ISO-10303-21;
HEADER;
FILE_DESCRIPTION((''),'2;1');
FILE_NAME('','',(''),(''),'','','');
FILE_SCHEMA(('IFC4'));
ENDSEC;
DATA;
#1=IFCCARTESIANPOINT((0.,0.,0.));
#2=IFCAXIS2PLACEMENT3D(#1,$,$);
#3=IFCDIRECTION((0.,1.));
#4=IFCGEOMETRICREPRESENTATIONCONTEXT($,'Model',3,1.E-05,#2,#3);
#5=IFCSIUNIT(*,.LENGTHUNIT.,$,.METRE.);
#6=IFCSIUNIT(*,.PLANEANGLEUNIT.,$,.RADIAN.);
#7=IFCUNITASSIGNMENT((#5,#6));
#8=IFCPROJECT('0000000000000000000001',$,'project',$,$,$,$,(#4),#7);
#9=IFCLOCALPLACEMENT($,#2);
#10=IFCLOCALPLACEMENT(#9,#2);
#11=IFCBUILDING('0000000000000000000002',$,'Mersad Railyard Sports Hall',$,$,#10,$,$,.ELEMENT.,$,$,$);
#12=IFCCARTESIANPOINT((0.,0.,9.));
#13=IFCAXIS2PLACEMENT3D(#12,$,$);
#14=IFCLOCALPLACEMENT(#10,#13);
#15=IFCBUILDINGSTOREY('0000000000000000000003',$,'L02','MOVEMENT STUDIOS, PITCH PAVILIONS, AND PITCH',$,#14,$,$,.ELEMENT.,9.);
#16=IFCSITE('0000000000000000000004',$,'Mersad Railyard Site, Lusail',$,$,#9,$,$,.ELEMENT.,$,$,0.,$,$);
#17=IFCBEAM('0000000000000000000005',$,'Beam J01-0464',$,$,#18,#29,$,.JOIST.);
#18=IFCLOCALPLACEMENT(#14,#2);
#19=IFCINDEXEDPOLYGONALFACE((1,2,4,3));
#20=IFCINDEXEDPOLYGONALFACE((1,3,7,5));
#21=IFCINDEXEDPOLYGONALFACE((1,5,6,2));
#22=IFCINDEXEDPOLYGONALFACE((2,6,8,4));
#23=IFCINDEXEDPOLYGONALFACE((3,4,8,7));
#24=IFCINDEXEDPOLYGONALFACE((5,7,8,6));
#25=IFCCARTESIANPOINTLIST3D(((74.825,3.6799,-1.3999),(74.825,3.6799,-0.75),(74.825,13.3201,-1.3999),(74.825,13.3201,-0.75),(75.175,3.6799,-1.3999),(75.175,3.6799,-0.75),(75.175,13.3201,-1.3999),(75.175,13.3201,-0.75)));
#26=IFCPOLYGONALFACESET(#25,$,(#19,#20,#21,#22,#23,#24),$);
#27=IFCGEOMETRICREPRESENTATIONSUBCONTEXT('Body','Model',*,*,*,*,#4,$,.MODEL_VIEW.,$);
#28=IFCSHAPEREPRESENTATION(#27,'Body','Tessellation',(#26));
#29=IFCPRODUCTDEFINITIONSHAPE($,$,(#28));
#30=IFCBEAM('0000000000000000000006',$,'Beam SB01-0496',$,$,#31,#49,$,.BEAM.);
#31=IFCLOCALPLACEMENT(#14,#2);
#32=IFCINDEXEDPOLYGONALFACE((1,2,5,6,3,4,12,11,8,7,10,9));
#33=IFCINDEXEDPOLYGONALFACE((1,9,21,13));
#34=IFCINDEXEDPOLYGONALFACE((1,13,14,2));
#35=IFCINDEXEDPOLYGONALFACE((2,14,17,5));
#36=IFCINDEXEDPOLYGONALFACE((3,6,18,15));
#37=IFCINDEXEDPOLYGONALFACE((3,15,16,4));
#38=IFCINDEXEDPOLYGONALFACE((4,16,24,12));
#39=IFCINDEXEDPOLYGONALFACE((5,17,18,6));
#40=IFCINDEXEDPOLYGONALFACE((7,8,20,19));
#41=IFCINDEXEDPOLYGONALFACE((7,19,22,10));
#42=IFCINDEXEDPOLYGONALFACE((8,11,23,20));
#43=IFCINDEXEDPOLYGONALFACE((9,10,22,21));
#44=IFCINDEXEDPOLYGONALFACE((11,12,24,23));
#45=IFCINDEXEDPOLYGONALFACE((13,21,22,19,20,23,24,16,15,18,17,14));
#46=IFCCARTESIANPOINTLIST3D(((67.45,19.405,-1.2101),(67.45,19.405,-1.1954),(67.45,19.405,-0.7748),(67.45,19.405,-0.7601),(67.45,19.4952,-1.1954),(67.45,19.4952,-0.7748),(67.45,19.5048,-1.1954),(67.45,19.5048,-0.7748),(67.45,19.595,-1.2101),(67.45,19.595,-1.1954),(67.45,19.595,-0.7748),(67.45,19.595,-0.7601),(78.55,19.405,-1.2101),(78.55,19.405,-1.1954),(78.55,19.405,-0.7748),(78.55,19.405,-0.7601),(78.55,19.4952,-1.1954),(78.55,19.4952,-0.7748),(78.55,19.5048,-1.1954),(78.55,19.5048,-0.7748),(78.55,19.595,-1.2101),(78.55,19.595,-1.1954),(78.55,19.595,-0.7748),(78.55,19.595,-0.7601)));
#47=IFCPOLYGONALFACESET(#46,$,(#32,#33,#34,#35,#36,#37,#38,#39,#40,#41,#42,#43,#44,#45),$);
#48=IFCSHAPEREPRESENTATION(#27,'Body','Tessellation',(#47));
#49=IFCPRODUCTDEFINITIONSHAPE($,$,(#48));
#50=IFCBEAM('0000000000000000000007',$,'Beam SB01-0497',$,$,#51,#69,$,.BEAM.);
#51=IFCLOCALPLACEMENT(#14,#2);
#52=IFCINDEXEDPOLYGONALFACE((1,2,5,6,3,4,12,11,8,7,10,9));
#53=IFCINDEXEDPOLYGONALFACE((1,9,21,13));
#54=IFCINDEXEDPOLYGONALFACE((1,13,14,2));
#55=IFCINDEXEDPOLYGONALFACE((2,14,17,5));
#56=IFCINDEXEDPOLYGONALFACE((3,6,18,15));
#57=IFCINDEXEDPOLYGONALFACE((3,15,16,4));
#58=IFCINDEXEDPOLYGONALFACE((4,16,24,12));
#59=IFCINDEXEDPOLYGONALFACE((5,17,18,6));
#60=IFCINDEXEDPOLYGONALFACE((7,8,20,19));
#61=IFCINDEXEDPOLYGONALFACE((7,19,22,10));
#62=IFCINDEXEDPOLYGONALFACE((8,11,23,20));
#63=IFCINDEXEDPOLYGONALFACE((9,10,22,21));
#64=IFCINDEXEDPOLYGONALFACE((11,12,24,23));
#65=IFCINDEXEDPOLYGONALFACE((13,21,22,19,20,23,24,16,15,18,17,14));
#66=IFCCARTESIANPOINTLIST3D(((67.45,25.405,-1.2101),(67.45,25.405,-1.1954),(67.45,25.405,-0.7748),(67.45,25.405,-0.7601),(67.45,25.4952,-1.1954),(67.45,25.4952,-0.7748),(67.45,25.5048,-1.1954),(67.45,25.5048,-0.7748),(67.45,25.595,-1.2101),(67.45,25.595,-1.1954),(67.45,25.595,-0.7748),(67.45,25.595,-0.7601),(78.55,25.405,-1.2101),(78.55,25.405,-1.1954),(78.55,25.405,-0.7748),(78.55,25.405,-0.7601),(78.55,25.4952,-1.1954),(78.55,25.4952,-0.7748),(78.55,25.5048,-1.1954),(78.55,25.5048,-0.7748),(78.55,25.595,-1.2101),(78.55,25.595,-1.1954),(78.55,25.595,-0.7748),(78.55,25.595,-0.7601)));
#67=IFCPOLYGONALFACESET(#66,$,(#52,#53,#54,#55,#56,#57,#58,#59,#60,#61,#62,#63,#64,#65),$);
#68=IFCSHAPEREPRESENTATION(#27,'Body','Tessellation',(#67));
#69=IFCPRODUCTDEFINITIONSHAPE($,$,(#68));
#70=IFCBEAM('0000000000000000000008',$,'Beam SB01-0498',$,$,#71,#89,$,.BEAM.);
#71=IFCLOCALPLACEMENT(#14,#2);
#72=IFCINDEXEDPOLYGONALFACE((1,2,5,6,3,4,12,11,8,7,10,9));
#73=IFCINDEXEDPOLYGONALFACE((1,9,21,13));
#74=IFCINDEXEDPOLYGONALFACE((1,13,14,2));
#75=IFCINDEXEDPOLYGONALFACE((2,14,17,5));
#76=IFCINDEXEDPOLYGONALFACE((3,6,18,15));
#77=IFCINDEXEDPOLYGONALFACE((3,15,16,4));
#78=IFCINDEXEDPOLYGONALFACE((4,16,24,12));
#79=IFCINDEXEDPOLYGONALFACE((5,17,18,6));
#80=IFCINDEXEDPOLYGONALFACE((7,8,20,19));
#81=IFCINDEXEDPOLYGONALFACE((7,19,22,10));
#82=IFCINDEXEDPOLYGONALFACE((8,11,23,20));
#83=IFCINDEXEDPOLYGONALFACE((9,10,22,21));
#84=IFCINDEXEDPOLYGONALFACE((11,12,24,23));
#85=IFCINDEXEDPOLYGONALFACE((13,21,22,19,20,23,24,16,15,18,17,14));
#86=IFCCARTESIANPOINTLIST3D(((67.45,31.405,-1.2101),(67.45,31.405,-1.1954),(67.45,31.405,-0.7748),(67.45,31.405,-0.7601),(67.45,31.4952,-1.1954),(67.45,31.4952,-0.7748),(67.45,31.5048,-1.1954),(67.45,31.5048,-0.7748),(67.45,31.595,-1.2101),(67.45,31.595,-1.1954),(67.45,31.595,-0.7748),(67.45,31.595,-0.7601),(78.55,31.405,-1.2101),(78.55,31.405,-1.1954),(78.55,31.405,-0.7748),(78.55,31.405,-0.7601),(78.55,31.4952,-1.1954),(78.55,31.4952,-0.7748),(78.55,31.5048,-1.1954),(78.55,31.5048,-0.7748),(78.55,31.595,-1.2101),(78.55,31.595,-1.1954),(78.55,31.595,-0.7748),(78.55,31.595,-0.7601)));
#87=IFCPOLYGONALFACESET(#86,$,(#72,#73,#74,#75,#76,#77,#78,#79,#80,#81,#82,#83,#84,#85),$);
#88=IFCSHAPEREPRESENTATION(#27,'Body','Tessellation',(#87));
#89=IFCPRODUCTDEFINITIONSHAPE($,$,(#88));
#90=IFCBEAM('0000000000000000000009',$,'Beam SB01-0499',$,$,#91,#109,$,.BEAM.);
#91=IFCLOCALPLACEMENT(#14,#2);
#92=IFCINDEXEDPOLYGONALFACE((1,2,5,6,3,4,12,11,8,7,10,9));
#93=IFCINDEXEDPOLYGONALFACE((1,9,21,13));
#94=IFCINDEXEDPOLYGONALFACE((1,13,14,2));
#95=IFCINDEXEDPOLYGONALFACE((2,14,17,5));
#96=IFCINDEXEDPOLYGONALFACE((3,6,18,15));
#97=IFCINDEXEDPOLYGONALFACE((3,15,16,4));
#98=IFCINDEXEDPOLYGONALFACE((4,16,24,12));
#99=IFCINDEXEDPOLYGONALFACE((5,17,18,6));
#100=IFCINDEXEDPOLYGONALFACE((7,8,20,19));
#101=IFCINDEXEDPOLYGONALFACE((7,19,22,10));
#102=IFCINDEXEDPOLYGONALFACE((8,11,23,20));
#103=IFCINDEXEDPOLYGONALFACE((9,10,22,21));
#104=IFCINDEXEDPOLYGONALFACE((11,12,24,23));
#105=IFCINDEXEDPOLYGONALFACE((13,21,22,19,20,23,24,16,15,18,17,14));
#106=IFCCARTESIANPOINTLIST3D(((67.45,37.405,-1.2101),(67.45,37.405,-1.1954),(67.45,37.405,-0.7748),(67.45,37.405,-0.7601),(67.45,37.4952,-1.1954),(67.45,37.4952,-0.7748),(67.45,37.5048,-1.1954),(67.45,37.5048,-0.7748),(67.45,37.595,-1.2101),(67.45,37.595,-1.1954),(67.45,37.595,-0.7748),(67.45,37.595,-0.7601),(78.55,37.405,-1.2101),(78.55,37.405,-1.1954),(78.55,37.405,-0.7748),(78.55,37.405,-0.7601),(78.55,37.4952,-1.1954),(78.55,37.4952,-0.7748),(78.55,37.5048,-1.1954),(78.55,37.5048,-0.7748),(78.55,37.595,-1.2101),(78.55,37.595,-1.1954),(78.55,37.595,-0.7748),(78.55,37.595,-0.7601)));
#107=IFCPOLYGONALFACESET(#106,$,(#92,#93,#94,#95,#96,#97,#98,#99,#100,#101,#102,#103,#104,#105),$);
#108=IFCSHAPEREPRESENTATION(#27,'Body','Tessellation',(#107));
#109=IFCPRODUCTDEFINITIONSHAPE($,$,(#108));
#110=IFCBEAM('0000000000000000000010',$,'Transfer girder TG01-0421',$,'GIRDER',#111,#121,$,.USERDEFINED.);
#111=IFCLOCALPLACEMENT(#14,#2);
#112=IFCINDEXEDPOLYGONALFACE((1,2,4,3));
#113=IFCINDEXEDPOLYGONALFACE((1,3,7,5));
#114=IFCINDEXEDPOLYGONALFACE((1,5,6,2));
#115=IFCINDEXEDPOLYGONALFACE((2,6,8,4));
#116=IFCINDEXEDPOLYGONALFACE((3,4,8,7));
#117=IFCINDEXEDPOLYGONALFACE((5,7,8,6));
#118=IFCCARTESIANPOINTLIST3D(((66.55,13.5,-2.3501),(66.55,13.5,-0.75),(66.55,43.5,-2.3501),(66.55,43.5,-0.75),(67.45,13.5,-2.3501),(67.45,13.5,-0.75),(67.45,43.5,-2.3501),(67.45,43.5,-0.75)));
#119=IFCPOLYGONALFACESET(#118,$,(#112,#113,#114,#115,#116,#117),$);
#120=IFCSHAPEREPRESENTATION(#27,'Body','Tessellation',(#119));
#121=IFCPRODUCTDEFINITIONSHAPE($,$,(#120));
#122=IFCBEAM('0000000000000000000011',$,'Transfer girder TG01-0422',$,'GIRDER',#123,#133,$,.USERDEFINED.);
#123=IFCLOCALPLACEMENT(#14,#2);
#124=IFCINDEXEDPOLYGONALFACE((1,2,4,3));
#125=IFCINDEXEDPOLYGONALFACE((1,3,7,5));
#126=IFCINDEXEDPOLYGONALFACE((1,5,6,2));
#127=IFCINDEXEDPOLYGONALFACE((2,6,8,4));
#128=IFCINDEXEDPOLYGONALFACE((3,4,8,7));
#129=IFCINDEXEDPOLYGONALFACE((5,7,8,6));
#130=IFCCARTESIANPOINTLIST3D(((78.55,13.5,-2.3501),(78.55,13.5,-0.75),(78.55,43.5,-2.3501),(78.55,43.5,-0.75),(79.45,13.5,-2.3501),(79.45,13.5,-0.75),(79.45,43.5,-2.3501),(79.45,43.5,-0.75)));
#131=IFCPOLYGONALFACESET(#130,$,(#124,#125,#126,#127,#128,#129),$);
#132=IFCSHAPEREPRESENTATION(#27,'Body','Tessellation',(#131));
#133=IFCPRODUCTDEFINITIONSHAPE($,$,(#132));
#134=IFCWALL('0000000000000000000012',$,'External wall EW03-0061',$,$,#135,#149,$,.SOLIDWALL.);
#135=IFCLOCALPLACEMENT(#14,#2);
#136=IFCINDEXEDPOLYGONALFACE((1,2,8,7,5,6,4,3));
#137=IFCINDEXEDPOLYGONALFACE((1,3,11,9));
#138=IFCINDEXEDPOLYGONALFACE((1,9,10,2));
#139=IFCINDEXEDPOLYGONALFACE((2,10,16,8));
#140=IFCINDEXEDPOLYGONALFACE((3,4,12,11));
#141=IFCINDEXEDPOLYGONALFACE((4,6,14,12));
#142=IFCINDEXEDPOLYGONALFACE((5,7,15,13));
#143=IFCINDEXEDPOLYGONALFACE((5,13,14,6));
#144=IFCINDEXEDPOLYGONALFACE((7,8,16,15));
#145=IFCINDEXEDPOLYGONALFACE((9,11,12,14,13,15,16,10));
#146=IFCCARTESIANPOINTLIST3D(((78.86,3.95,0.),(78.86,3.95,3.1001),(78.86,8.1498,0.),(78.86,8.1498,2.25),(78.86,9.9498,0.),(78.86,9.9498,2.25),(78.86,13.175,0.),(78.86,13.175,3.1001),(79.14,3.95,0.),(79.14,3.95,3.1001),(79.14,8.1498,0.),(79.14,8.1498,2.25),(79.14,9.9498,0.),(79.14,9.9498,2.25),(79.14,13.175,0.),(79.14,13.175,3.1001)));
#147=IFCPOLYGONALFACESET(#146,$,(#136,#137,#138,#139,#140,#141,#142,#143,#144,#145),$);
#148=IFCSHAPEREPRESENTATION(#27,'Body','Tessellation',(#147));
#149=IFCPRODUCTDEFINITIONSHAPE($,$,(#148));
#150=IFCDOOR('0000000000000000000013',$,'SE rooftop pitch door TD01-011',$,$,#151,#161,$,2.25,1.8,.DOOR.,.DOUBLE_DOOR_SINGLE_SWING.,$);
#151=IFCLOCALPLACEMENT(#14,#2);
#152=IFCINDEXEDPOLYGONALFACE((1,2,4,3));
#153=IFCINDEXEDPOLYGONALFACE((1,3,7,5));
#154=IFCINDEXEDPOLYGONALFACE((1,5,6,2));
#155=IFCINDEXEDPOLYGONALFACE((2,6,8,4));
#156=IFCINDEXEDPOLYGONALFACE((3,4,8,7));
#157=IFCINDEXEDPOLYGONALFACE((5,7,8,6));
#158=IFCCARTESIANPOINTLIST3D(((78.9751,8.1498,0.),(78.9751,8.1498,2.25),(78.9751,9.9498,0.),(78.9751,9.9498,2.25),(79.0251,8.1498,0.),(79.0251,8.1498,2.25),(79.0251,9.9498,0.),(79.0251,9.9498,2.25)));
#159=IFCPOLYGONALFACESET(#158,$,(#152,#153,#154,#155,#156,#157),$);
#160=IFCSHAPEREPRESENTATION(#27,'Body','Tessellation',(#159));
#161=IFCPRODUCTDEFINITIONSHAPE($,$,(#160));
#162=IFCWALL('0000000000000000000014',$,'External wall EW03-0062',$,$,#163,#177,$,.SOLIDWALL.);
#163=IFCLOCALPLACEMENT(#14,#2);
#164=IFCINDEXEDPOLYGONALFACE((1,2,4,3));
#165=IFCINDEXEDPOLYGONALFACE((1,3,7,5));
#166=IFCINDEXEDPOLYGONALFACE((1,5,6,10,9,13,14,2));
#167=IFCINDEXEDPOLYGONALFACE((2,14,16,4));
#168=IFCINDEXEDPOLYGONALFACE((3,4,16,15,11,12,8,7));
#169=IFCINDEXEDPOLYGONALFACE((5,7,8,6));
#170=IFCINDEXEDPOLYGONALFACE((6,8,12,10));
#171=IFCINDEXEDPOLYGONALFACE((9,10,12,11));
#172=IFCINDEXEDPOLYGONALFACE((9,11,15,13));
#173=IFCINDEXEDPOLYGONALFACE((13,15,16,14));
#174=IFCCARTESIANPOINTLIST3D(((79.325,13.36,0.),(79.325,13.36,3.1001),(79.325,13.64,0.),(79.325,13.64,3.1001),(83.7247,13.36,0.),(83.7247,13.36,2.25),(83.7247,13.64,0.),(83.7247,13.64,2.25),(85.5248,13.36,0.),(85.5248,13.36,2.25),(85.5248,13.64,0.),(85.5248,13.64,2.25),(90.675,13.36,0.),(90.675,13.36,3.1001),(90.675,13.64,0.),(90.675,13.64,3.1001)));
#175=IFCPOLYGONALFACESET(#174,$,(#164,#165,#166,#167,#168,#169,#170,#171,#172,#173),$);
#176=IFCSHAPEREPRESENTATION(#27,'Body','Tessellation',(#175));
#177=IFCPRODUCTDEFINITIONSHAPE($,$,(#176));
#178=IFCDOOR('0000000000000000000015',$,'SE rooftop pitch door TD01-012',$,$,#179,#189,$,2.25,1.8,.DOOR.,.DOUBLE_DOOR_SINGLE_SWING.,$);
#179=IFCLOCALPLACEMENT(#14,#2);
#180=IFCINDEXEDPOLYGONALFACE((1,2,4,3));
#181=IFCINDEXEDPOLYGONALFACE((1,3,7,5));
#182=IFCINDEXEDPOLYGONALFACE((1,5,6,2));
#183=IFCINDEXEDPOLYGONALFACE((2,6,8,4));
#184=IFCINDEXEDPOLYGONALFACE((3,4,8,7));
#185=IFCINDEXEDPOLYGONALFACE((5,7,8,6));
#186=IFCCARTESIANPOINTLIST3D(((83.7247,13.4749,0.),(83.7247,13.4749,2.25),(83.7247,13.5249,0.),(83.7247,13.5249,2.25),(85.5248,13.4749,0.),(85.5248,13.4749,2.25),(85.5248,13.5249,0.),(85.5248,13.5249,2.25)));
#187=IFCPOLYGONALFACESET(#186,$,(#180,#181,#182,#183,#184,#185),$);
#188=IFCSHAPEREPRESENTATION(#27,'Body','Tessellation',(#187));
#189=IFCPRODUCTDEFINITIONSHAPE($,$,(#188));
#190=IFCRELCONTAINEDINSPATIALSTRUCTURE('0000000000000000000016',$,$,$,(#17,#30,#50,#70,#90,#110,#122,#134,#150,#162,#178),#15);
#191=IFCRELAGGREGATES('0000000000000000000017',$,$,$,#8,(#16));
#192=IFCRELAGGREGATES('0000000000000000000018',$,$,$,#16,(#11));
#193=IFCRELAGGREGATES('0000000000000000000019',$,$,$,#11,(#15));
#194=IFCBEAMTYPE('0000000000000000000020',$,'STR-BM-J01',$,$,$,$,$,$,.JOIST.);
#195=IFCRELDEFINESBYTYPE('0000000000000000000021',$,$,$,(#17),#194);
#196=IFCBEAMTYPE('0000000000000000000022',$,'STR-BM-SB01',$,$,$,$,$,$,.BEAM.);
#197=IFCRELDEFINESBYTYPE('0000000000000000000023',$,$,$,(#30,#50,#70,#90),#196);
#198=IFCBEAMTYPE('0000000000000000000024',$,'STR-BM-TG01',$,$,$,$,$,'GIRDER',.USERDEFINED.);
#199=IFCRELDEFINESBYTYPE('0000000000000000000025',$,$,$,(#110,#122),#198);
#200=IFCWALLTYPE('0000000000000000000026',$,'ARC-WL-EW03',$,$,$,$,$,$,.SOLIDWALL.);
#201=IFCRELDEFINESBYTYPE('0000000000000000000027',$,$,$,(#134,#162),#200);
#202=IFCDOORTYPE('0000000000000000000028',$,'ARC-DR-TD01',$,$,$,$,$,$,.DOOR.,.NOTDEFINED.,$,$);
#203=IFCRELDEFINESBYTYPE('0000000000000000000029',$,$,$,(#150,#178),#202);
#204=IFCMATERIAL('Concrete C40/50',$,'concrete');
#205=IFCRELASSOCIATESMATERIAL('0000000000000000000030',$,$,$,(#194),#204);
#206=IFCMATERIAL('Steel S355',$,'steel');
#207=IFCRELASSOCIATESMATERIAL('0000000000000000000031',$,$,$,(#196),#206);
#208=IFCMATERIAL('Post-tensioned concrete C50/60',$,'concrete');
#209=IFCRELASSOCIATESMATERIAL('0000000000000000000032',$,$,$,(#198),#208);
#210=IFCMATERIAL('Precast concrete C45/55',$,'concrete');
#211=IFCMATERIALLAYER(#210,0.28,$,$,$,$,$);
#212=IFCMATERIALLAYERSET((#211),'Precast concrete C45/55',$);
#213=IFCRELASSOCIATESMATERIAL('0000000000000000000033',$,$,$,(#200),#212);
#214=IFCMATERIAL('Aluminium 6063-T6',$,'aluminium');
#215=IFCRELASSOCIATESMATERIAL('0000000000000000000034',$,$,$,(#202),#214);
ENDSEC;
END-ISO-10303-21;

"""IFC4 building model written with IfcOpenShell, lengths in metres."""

from ifc_helpers import new_model, si_unit, direction, frame, frame_2d, origin, origin_2d, place, context, subcontext, project, spatial, rectangle, i_section, extrude, material, layer, layer_set, material_profile, profile_set, type_object, element, fill, save


model = new_model("IFC4")

# Units and contexts
model_context = context("Model", 3, precision=1e-05, world=origin(), true_north=direction((0.0, 1.0)))
body_context = subcontext(model_context, "Body", "Model", "MODEL_VIEW")
ifc_project = project(units=[si_unit("LENGTHUNIT", "METRE"), si_unit("PLANEANGLEUNIT", "RADIAN")], contexts=[model_context])

# Site, building, storey
site_placement = place(None, origin())
site = spatial("IfcSite", under=ifc_project, at=site_placement, Name="Mersad Railyard Site, Lusail", CompositionType="ELEMENT", RefElevation=0.0)
building_placement = place(site_placement, origin())
building = spatial("IfcBuilding", under=site, at=building_placement, Name="Mersad Railyard Sports Hall", CompositionType="ELEMENT")
storey_placement = place(building_placement, frame((0.0, 0.0, 9.0)))
storey = spatial("IfcBuildingStorey", under=building, at=storey_placement, Name="L02", Description="MOVEMENT STUDIOS, PITCH PAVILIONS, AND PITCH", CompositionType="ELEMENT", Elevation=9.0)

# Shared definitions
ifc_material_1 = material(Name="Concrete C40/50", Category="concrete")

# Beams
ifc_material_profile_1 = material_profile(ifc_material_1, rectangle(XDim=0.3501, YDim=0.6499, at=origin_2d()), Name="RC 350x650")
ifc_profile_set_1 = profile_set([ifc_material_profile_1], Name="Concrete C40/50")
beam_type_1 = type_object("IfcBeamType", Name="STR-BM-J01", PredefinedType="JOIST", material=ifc_profile_set_1)
for number, where, z_axis, x_axis, name in (
    (1, (75.0, 3.6799, -1.075), (0.0, 1.0, 0.0), (-1.0, 0.0, 0.0), "Beam J01-0464"),
):
    element("IfcBeam", number, at=place(storey_placement, frame(where, z_axis=z_axis, x_axis=x_axis)), inside=storey, type_object=beam_type_1, Name=name, PredefinedType="JOIST", context=body_context, shape_type="SweptSolid", body=[
        extrude(rectangle(XDim=0.3501, YDim=0.6499, at=origin_2d()), origin(), (0.0, 0.0, 1.0), 9.6401),
    ])
ifc_material_2 = material(Name="Steel S355", Category="steel")
ifc_material_profile_2 = material_profile(ifc_material_2, i_section(OverallWidth=0.1899, OverallDepth=0.45, WebThickness=0.0095, FlangeThickness=0.0146, at=origin_2d()), Name="IPE 450")
ifc_profile_set_2 = profile_set([ifc_material_profile_2], Name="Steel S355")
beam_type_2 = type_object("IfcBeamType", Name="STR-BM-SB01", PredefinedType="BEAM", material=ifc_profile_set_2)
for number, where, z_axis, x_axis, name in (
    (2, (67.45, 19.5, -0.9851), (1.0, 0.0, 0.0), (0.0, 1.0, 0.0), "Beam SB01-0496"),
    (3, (67.45, 25.5, -0.9851), (1.0, 0.0, 0.0), (0.0, 1.0, 0.0), "Beam SB01-0497"),
    (4, (67.45, 31.5, -0.9851), (1.0, 0.0, 0.0), (0.0, 1.0, 0.0), "Beam SB01-0498"),
    (5, (67.45, 37.5, -0.9851), (1.0, 0.0, 0.0), (0.0, 1.0, 0.0), "Beam SB01-0499"),
):
    element("IfcBeam", number, at=place(storey_placement, frame(where, z_axis=z_axis, x_axis=x_axis)), inside=storey, type_object=beam_type_2, Name=name, PredefinedType="BEAM", context=body_context, shape_type="SweptSolid", body=[
        extrude(i_section(OverallWidth=0.1899, OverallDepth=0.45, WebThickness=0.0095, FlangeThickness=0.0146, at=origin_2d()), origin(), (0.0, 0.0, 1.0), 11.1001),
    ])
ifc_material_3 = material(Name="Post-tensioned concrete C50/60", Category="concrete")
ifc_material_profile_3 = material_profile(ifc_material_3, rectangle(XDim=0.8999, YDim=1.6001, at=origin_2d()), Name="PT 900x1600")
ifc_profile_set_3 = profile_set([ifc_material_profile_3], Name="Post-tensioned concrete C50/60")
beam_type_3 = type_object("IfcBeamType", Name="STR-BM-TG01", ElementType="GIRDER", PredefinedType="USERDEFINED", material=ifc_profile_set_3)
for number, where, z_axis, x_axis, name in (
    (6, (67.0, 13.5, -1.55), (0.0, 1.0, 0.0), (-1.0, 0.0, 0.0), "Transfer girder TG01-0421"),
    (7, (79.0, 13.5, -1.55), (0.0, 1.0, 0.0), (-1.0, 0.0, 0.0), "Transfer girder TG01-0422"),
):
    element("IfcBeam", number, at=place(storey_placement, frame(where, z_axis=z_axis, x_axis=x_axis)), inside=storey, type_object=beam_type_3, Name=name, ObjectType="GIRDER", PredefinedType="USERDEFINED", context=body_context, shape_type="SweptSolid", body=[
        extrude(rectangle(XDim=0.8999, YDim=1.6001, at=origin_2d()), origin(), (0.0, 0.0, 1.0), 30.0),
    ])

# Walls, openings, doors
ifc_material_4 = material(Name="Precast concrete C45/55", Category="concrete")
ifc_layer = layer(ifc_material_4, 0.28)
ifc_layer_set = layer_set([ifc_layer], Name="Precast concrete C45/55")
wall_type = type_object("IfcWallType", Name="ARC-WL-EW03", PredefinedType="SOLIDWALL", material=ifc_layer_set)
wall_1_placement = place(storey_placement, frame((79.0, 3.95, 0.0), z_axis=(0.0, 0.0, 1.0), x_axis=(0.0, 1.0, 0.0)))
wall_1 = element("IfcWall", 8, at=wall_1_placement, inside=storey, type_object=wall_type, Name="External wall EW03-0061", PredefinedType="SOLIDWALL", context=body_context, shape_type="SweptSolid", body=[
    extrude(rectangle(XDim=9.2251, YDim=0.28, at=frame_2d((4.6125, 0.0))), origin(), (0.0, 0.0, 1.0), 3.1001),
])
opening_1_placement = place(wall_1_placement, frame((4.2, 0.0, 0.0)))
opening_1 = element("IfcOpeningElement", 9, at=opening_1_placement, cuts=wall_1, PredefinedType="OPENING", context=body_context, shape_type="SweptSolid", body=[
    extrude(rectangle(XDim=1.8, YDim=2.25, at=frame_2d((0.8999, 1.125))), frame((0.0, 0.1499, 0.0), z_axis=(0.0, -1.0, 0.0), x_axis=(1.0, 0.0, 0.0)), (0.0, 0.0, 1.0), 0.3),
])
ifc_material_5 = material(Name="Aluminium 6063-T6", Category="aluminium")
door_type = type_object("IfcDoorType", Name="ARC-DR-TD01", OperationType="NOTDEFINED", PredefinedType="DOOR", material=ifc_material_5)
door_1_placement = place(opening_1_placement, origin())
door_1 = element("IfcDoor", 10, at=door_1_placement, inside=storey, type_object=door_type, Name="SE rooftop pitch door TD01-011", OperationType="DOUBLE_DOOR_SINGLE_SWING", OverallHeight=2.25, OverallWidth=1.8, PredefinedType="DOOR", context=body_context, shape_type="SweptSolid", body=[
    extrude(rectangle(XDim=1.8, YDim=2.25, at=frame_2d((0.8999, 1.125))), frame((0.0, 0.0249, 0.0), z_axis=(0.0, -1.0, 0.0), x_axis=(1.0, 0.0, 0.0)), (0.0, 0.0, 1.0), 0.05),
])
fill(opening_1, door_1)
wall_2_placement = place(storey_placement, frame((79.325, 13.5, 0.0), z_axis=(0.0, 0.0, 1.0), x_axis=(1.0, 0.0, 0.0)))
wall_2 = element("IfcWall", 11, at=wall_2_placement, inside=storey, type_object=wall_type, Name="External wall EW03-0062", PredefinedType="SOLIDWALL", context=body_context, shape_type="SweptSolid", body=[
    extrude(rectangle(XDim=11.3501, YDim=0.28, at=frame_2d((5.675, 0.0))), origin(), (0.0, 0.0, 1.0), 3.1001),
])
opening_2_placement = place(wall_2_placement, frame((4.3999, 0.0, 0.0)))
opening_2 = element("IfcOpeningElement", 12, at=opening_2_placement, cuts=wall_2, PredefinedType="OPENING", context=body_context, shape_type="SweptSolid", body=[
    extrude(rectangle(XDim=1.8, YDim=2.25, at=frame_2d((0.8999, 1.125))), frame((0.0, 0.1499, 0.0), z_axis=(0.0, -1.0, 0.0), x_axis=(1.0, 0.0, 0.0)), (0.0, 0.0, 1.0), 0.3),
])
door_2_placement = place(opening_2_placement, origin())
door_2 = element("IfcDoor", 13, at=door_2_placement, inside=storey, type_object=door_type, Name="SE rooftop pitch door TD01-012", OperationType="DOUBLE_DOOR_SINGLE_SWING", OverallHeight=2.25, OverallWidth=1.8, PredefinedType="DOOR", context=body_context, shape_type="SweptSolid", body=[
    extrude(rectangle(XDim=1.8, YDim=2.25, at=frame_2d((0.8999, 1.125))), frame((0.0, 0.0249, 0.0), z_axis=(0.0, -1.0, 0.0), x_axis=(1.0, 0.0, 0.0)), (0.0, 0.0, 1.0), 0.05),
])
fill(opening_2, door_2)

save(model, "model.ifc")
